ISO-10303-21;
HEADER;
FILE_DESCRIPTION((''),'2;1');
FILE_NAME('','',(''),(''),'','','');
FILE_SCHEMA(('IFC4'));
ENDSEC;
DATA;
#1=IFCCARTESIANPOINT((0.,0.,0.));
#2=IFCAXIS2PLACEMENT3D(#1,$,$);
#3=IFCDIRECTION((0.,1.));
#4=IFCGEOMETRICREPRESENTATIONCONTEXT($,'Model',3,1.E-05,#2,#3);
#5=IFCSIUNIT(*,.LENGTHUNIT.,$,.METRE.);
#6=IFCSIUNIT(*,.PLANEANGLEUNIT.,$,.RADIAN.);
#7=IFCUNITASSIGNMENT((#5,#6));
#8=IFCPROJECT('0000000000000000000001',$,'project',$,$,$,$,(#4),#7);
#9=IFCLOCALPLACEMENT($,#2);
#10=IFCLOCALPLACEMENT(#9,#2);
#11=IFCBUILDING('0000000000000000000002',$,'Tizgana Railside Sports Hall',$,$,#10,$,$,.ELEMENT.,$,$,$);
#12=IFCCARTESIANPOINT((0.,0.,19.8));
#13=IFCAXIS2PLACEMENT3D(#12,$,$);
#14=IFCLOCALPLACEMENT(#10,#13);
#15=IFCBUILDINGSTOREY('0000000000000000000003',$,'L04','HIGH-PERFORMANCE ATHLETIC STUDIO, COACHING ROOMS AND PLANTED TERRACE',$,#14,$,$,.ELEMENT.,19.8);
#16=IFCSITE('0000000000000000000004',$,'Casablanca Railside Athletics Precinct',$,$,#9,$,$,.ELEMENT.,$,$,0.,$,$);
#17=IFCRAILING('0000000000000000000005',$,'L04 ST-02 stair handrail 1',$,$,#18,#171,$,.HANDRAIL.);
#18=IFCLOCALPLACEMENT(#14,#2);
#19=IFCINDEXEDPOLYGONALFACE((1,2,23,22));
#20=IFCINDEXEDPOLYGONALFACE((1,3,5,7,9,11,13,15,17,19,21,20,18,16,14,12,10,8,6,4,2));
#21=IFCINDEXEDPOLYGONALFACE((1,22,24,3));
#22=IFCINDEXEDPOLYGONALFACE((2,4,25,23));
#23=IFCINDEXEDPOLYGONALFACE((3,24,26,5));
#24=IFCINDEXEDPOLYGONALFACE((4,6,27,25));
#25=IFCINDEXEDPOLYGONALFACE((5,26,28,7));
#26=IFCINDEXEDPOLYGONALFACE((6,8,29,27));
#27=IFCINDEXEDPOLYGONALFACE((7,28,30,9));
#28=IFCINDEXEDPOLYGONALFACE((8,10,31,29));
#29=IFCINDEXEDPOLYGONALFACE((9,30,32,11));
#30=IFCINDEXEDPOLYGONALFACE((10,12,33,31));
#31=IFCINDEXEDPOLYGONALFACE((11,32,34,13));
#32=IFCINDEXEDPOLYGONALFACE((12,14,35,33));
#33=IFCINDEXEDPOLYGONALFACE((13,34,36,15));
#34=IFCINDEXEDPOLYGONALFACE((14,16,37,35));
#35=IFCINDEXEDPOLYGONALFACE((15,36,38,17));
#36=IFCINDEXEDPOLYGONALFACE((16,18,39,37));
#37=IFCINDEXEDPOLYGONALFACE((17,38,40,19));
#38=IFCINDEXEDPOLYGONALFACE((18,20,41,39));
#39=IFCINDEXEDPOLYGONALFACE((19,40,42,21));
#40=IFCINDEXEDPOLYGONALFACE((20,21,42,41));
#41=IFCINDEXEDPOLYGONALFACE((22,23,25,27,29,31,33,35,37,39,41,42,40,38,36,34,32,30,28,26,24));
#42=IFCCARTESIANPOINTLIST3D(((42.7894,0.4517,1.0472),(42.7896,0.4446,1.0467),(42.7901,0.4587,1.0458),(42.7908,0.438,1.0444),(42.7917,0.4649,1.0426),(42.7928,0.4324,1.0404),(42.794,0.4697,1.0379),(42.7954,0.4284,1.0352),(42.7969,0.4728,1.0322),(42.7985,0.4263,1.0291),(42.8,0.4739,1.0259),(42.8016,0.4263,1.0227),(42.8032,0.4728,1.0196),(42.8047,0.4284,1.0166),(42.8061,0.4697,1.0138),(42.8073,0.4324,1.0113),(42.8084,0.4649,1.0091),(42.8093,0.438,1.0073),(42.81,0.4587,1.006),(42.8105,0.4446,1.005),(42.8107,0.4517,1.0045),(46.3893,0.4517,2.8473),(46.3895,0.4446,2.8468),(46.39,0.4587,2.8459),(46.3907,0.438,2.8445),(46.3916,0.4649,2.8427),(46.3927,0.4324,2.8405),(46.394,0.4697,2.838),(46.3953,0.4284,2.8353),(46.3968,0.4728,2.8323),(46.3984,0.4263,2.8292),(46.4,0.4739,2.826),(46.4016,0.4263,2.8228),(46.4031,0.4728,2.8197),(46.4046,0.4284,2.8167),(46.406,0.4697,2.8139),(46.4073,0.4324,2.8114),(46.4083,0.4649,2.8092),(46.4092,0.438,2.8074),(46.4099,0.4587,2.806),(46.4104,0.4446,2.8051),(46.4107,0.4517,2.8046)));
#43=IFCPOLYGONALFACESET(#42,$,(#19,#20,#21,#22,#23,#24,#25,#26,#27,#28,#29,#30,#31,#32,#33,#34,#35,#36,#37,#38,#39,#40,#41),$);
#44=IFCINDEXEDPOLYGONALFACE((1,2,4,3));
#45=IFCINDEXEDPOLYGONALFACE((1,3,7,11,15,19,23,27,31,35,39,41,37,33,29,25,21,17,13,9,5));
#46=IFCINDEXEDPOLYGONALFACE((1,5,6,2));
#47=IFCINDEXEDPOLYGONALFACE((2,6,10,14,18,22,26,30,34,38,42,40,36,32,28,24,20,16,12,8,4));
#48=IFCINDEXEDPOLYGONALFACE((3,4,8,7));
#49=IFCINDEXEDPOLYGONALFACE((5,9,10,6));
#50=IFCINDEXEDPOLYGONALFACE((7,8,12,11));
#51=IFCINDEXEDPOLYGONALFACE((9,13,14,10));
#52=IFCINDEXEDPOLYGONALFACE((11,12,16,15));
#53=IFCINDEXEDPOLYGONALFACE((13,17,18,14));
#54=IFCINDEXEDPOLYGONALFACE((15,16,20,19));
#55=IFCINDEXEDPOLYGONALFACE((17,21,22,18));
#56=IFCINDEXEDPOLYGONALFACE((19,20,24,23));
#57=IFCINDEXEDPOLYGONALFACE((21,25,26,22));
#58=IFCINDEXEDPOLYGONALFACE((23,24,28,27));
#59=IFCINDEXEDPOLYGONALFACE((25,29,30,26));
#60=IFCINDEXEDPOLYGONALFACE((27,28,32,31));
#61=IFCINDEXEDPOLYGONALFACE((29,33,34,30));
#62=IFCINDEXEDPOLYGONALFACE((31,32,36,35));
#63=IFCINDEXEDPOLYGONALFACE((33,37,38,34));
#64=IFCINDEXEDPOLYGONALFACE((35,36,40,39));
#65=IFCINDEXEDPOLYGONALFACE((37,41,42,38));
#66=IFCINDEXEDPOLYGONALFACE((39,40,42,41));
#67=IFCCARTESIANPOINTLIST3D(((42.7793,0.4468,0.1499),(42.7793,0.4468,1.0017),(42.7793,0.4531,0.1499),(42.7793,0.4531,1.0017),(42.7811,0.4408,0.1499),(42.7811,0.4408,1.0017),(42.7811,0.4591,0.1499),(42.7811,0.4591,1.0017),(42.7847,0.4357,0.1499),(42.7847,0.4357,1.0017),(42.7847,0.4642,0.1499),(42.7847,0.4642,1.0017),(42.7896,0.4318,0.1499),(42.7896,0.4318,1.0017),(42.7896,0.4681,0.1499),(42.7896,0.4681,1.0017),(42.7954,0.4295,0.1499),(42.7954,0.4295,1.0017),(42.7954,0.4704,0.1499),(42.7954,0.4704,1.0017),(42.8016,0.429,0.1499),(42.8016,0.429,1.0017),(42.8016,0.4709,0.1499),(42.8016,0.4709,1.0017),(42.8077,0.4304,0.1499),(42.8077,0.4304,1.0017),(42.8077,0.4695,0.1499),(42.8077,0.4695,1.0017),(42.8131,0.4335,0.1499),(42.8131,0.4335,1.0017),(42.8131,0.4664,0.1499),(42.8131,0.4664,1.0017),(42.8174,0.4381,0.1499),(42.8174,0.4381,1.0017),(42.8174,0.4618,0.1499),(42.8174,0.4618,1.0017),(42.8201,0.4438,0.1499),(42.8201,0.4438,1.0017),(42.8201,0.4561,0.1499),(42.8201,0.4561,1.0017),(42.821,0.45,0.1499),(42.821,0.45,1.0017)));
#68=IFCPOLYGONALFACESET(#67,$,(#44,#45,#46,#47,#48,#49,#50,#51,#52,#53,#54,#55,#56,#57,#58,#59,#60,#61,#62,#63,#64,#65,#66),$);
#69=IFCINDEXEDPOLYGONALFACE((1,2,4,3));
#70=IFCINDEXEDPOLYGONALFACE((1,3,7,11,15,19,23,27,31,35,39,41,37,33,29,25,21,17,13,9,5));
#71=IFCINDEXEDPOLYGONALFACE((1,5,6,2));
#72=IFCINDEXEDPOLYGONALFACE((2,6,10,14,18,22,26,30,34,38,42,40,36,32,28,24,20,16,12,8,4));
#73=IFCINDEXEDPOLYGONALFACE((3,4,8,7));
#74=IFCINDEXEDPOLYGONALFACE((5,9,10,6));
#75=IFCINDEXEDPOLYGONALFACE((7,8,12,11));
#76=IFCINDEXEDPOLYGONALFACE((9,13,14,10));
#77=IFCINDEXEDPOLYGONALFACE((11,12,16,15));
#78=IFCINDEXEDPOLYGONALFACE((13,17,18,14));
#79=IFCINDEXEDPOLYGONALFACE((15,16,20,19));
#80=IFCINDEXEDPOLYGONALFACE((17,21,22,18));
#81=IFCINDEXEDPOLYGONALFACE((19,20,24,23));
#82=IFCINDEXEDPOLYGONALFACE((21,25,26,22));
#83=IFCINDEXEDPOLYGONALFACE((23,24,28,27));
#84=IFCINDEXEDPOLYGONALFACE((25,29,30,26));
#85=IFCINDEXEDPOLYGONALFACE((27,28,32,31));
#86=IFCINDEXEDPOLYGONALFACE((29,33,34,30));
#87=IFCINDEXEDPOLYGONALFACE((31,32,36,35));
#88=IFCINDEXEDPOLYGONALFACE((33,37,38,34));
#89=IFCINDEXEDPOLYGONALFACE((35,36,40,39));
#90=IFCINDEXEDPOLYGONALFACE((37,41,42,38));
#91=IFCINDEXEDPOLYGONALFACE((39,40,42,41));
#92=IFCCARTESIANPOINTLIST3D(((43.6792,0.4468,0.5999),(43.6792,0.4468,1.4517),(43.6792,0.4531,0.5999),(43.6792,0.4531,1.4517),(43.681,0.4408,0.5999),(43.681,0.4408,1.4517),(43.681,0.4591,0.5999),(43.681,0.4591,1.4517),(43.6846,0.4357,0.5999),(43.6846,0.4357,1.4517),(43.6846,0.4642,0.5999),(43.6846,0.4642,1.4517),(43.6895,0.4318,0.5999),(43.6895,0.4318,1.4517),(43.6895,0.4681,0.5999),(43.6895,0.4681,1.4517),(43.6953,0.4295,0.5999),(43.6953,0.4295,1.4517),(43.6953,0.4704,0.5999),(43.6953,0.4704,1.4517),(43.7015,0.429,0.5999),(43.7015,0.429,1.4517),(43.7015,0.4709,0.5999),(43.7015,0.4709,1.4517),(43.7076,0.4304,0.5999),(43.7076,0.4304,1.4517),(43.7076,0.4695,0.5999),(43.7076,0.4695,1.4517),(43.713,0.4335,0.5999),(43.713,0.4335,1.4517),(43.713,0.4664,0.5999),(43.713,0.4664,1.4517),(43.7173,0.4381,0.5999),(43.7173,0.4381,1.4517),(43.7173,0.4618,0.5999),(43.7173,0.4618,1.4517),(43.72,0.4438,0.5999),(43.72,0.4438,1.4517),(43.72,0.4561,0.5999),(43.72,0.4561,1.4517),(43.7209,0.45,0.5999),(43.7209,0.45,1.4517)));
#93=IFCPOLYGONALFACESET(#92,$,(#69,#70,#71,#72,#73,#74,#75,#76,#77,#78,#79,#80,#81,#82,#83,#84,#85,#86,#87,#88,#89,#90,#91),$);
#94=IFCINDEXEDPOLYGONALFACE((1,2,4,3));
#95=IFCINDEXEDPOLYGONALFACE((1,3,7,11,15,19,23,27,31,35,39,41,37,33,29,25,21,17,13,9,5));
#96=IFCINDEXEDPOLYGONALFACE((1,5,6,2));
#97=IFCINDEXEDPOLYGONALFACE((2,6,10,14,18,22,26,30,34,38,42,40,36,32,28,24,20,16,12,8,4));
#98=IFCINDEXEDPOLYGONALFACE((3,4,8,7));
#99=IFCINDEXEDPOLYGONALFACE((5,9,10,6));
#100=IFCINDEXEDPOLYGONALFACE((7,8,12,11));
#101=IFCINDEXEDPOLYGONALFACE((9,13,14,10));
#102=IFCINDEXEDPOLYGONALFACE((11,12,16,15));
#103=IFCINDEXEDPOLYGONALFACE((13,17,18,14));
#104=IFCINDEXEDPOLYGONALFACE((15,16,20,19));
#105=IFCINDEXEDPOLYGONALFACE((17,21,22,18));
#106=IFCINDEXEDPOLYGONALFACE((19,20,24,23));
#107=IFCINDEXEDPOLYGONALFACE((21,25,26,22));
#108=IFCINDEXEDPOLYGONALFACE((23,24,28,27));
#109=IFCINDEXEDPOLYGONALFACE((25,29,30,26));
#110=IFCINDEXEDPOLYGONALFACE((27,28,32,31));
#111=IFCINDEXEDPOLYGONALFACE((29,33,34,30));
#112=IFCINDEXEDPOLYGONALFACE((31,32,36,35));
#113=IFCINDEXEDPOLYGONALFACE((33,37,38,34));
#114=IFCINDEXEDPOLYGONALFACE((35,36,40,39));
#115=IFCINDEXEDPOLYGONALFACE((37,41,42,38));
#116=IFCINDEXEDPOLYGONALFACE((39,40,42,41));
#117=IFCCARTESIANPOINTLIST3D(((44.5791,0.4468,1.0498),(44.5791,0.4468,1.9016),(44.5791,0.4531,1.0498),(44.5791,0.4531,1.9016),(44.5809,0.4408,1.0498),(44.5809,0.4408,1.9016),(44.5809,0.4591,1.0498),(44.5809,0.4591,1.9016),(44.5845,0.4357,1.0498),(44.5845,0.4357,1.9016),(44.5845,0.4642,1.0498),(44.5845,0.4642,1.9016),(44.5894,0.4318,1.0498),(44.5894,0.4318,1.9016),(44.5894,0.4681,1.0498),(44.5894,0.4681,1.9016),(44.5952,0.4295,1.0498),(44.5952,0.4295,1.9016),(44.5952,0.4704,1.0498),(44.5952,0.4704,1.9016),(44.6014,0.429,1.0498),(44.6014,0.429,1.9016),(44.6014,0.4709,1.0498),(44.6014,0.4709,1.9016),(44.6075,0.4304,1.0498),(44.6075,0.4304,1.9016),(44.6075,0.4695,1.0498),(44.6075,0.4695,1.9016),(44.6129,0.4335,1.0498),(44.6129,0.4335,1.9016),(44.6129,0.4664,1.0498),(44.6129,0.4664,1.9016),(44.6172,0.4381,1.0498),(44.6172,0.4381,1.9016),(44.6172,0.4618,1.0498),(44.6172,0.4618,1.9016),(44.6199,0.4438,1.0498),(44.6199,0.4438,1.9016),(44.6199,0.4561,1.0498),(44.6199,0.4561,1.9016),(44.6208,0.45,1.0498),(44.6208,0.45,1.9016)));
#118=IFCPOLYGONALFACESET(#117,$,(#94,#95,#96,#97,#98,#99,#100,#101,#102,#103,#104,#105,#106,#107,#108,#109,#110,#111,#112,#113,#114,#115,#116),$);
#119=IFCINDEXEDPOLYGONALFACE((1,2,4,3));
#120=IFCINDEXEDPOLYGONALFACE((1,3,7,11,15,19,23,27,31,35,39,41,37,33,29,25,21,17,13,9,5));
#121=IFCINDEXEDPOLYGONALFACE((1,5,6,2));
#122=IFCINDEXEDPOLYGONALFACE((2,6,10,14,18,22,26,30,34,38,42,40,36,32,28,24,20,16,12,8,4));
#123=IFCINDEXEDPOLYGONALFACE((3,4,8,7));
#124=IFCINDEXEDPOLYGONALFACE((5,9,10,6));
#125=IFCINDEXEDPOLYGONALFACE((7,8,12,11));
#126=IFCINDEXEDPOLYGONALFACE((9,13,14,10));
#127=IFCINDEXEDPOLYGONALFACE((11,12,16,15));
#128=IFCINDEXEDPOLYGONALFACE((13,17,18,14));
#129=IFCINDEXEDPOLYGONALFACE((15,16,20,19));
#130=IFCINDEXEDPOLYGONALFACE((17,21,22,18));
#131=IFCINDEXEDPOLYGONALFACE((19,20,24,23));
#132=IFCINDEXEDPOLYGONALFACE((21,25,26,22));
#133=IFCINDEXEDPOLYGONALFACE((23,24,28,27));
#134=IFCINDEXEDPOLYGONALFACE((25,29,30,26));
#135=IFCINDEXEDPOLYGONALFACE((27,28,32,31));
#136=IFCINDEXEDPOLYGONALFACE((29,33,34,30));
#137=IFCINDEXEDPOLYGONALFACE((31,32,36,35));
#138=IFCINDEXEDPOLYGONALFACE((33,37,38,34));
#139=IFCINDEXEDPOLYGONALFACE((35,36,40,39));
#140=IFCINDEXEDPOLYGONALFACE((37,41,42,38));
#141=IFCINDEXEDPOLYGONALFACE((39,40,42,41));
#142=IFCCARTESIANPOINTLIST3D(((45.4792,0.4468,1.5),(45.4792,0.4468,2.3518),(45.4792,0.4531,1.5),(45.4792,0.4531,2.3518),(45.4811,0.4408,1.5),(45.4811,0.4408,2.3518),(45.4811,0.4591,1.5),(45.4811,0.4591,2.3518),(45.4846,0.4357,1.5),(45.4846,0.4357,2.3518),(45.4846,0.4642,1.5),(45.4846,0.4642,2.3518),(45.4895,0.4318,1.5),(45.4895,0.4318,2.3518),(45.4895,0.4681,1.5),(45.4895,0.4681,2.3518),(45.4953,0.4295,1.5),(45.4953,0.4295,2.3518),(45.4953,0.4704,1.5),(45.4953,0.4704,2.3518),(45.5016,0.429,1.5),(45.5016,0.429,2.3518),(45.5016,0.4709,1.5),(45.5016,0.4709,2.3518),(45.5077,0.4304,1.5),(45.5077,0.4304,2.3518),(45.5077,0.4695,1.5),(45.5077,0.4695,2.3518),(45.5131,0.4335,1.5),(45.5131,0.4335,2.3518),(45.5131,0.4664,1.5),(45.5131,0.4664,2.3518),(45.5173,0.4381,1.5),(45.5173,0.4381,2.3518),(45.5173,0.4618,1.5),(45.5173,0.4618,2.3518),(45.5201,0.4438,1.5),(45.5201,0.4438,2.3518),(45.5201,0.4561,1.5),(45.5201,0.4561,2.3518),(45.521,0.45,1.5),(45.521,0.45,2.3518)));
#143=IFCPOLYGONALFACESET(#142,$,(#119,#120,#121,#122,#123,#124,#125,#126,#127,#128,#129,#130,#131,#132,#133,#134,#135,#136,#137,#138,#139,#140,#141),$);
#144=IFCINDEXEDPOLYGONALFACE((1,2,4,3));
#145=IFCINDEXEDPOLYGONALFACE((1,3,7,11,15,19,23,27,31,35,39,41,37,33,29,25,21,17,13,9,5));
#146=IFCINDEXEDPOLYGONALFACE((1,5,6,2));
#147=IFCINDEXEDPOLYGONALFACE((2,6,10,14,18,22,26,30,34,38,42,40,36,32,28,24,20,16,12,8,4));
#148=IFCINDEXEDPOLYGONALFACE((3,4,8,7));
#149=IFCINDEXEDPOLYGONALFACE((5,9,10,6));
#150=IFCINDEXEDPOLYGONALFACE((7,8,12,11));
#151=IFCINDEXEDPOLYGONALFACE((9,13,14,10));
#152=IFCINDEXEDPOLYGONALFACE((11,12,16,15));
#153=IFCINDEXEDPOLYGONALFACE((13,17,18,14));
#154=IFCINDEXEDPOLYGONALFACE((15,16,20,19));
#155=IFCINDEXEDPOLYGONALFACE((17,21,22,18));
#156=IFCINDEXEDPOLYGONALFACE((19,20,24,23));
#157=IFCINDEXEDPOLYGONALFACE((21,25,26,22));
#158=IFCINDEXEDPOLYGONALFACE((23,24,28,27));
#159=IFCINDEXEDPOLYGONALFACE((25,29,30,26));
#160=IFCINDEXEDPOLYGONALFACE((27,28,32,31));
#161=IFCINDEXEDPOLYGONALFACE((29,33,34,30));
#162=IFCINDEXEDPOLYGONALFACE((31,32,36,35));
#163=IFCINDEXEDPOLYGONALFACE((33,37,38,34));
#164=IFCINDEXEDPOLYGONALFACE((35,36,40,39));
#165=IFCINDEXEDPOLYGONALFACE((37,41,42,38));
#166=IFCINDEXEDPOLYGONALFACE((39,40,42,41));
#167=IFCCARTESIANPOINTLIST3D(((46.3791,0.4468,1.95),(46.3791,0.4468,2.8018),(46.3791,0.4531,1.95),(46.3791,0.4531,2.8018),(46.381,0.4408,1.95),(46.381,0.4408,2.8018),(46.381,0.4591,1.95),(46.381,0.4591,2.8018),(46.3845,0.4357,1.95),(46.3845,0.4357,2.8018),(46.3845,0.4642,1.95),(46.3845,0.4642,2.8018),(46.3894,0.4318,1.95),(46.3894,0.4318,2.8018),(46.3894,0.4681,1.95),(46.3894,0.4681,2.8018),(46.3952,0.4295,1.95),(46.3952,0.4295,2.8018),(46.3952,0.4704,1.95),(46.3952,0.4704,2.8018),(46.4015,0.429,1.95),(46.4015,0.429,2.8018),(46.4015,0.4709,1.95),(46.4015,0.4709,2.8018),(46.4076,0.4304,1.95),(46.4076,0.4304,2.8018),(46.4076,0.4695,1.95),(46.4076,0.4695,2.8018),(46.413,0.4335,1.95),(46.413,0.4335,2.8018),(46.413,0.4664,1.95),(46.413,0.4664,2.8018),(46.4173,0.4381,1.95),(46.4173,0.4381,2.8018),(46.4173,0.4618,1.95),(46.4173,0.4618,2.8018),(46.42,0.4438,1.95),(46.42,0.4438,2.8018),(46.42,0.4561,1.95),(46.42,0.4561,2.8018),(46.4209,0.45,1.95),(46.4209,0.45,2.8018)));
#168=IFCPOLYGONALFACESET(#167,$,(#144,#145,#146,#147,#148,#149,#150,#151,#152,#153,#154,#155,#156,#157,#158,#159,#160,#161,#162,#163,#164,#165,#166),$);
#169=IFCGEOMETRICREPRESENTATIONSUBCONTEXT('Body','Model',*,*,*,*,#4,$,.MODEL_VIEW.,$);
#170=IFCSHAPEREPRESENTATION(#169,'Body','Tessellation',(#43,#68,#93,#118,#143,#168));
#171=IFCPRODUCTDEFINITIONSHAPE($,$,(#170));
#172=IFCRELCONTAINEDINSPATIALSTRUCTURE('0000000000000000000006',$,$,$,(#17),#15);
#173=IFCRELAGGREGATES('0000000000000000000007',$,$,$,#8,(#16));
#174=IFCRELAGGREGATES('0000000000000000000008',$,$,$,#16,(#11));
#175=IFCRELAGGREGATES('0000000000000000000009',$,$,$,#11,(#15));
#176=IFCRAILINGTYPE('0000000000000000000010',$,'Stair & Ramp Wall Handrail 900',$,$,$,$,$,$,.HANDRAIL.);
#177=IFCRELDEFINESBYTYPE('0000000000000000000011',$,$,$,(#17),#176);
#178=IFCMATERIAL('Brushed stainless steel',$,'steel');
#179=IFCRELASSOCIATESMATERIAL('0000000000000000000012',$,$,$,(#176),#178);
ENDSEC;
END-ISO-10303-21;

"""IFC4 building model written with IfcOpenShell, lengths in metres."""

from ifc_helpers import new_model, si_unit, direction, frame, origin, origin_2d, place, context, subcontext, project, spatial, circle, extrude, material, type_object, element, save


model = new_model("IFC4")

# Units and contexts
model_context = context("Model", 3, precision=1e-05, world=origin(), true_north=direction((0.0, 1.0)))
body_context = subcontext(model_context, "Body", "Model", "MODEL_VIEW")
ifc_project = project(units=[si_unit("LENGTHUNIT", "METRE"), si_unit("PLANEANGLEUNIT", "RADIAN")], contexts=[model_context])

# Site, building, storey
site_placement = place(None, origin())
site = spatial("IfcSite", under=ifc_project, at=site_placement, Name="Casablanca Railside Athletics Precinct", CompositionType="ELEMENT", RefElevation=0.0)
building_placement = place(site_placement, origin())
building = spatial("IfcBuilding", under=site, at=building_placement, Name="Tizgana Railside Sports Hall", CompositionType="ELEMENT")
storey_placement = place(building_placement, frame((0.0, 0.0, 19.8)))
storey = spatial("IfcBuildingStorey", under=building, at=storey_placement, Name="L04", Description="HIGH-PERFORMANCE ATHLETIC STUDIO, COACHING ROOMS AND PLANTED TERRACE", CompositionType="ELEMENT", Elevation=19.8)

# Shared definitions
ifc_material_1 = material(Name="Brushed stainless steel", Category="steel")

# Railing
railing_type_1 = type_object("IfcRailingType", Name="Stair & Ramp Wall Handrail 900", PredefinedType="HANDRAIL", material=ifc_material_1)
railing_1_placement = place(storey_placement, frame((42.8, 0.45, 0.1499)))
element("IfcRailing", 1, at=railing_1_placement, inside=storey, type_object=railing_type_1, Name="L04 ST-02 stair handrail 1", PredefinedType="HANDRAIL", context=body_context, shape_type="SweptSolid", body=[
    extrude(circle(Radius=0.0239, at=origin_2d()), frame((0.0, 0.0, 0.876), z_axis=(0.894415, 0.0, 0.447238), x_axis=(0.0, 1.0, 0.0)), (0.0, 0.0, 1.0), 4.0249),
    extrude(circle(Radius=0.021, at=origin_2d()), origin(), (0.0, 0.0, 1.0), 0.8518),
    extrude(circle(Radius=0.021, at=origin_2d()), frame((0.8999, 0.0, 0.45)), (0.0, 0.0, 1.0), 0.8518),
    extrude(circle(Radius=0.021, at=origin_2d()), frame((1.7998, 0.0, 0.8999)), (0.0, 0.0, 1.0), 0.8518),
    extrude(circle(Radius=0.021, at=origin_2d()), frame((2.7, 0.0, 1.3501)), (0.0, 0.0, 1.0), 0.8518),
    extrude(circle(Radius=0.021, at=origin_2d()), frame((3.5999, 0.0, 1.8)), (0.0, 0.0, 1.0), 0.8518),
])

save(model, "model.ifc")
